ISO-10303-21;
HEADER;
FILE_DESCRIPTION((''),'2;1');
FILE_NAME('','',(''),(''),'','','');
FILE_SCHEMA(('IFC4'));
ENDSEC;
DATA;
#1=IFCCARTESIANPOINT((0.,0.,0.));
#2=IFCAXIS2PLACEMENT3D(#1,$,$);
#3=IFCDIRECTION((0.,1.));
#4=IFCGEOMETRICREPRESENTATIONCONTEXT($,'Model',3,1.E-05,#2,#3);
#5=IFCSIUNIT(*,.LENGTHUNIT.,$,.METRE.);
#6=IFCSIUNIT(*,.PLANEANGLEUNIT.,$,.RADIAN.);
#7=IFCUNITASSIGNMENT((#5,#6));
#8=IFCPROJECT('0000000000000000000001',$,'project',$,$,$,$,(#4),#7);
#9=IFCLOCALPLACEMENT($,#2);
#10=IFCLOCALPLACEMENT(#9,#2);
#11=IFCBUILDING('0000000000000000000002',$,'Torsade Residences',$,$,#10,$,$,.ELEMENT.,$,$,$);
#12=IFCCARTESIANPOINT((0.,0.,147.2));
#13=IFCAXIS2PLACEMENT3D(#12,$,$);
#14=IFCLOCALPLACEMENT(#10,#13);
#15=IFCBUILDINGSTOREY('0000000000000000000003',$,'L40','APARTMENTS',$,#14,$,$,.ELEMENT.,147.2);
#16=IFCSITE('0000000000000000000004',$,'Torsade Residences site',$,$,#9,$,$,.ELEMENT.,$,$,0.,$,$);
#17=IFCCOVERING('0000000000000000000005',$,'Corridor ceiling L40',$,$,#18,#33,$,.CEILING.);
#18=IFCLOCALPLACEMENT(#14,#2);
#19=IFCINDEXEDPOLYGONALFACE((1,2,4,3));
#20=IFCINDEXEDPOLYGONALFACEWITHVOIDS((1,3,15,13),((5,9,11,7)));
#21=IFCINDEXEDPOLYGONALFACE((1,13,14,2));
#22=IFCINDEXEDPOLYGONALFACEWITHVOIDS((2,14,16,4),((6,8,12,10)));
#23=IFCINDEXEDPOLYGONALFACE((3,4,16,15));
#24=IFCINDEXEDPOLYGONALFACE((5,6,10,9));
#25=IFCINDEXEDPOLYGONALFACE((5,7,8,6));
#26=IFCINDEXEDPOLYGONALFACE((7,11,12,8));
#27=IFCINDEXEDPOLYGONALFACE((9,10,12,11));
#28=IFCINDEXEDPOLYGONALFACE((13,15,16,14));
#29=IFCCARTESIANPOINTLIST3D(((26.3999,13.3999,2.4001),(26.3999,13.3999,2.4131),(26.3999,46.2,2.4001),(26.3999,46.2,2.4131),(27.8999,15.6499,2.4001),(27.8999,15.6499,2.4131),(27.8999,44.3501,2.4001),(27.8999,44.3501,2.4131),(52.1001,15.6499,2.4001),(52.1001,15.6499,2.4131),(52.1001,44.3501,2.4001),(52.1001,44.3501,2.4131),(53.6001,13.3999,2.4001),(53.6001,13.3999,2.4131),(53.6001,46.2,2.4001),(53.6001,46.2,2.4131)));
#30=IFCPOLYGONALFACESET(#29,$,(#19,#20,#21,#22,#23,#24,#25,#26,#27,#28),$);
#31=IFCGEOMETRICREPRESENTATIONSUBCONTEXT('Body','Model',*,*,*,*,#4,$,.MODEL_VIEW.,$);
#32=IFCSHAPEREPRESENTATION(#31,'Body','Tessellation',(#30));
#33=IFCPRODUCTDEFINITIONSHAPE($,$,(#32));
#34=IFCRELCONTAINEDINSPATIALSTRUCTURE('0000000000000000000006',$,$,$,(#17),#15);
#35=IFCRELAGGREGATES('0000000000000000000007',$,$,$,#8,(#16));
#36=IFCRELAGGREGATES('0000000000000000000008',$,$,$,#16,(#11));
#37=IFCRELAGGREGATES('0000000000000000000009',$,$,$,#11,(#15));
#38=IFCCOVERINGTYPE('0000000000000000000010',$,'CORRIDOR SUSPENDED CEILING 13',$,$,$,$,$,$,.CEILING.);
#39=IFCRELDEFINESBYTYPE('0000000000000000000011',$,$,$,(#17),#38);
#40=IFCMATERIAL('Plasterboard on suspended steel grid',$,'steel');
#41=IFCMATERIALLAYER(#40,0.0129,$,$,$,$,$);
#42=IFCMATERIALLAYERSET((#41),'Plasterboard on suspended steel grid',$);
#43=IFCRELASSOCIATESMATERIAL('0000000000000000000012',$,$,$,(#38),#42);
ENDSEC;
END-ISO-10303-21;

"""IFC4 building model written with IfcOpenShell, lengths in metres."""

from ifc_helpers import new_model, si_unit, direction, frame, origin, place, context, subcontext, project, spatial, polyline, outline, extrude, material, layer, layer_set, type_object, element, save


model = new_model("IFC4")

# Units and contexts
model_context = context("Model", 3, precision=1e-05, world=origin(), true_north=direction((0.0, 1.0)))
body_context = subcontext(model_context, "Body", "Model", "MODEL_VIEW")
ifc_project = project(units=[si_unit("LENGTHUNIT", "METRE"), si_unit("PLANEANGLEUNIT", "RADIAN")], contexts=[model_context])

# Site, building, storey
site_placement = place(None, origin())
site = spatial("IfcSite", under=ifc_project, at=site_placement, Name="Torsade Residences site", CompositionType="ELEMENT", RefElevation=0.0)
building_placement = place(site_placement, origin())
building = spatial("IfcBuilding", under=site, at=building_placement, Name="Torsade Residences", CompositionType="ELEMENT")
storey_placement = place(building_placement, frame((0.0, 0.0, 147.2)))
storey = spatial("IfcBuildingStorey", under=building, at=storey_placement, Name="L40", Description="APARTMENTS", CompositionType="ELEMENT", Elevation=147.2)

# Covering
ifc_material_1 = material(Name="Plasterboard on suspended steel grid", Category="steel")
ifc_layer_1 = layer(ifc_material_1, 0.0129)
ifc_layer_set_1 = layer_set([ifc_layer_1], Name="Plasterboard on suspended steel grid")
covering_type_1 = type_object("IfcCoveringType", Name="CORRIDOR SUSPENDED CEILING 13", PredefinedType="CEILING", material=ifc_layer_set_1)
covering_1_placement = place(storey_placement, frame((0.0, 0.0, 2.4001)))
element("IfcCovering", 1, at=covering_1_placement, inside=storey, type_object=covering_type_1, Name="Corridor ceiling L40", PredefinedType="CEILING", context=body_context, shape_type="SweptSolid", body=[
    extrude(outline(polyline([(26.3999, 46.2), (26.3999, 13.3999), (53.6001, 13.3999), (53.6001, 46.2), (26.3999, 46.2)]), holes=[polyline([(52.1001, 44.3501), (27.8999, 44.3501), (27.8999, 15.6499), (52.1001, 15.6499), (52.1001, 44.3501)])]), origin(), (0.0, 0.0, 1.0), 0.0129),
])

save(model, "model.ifc")
